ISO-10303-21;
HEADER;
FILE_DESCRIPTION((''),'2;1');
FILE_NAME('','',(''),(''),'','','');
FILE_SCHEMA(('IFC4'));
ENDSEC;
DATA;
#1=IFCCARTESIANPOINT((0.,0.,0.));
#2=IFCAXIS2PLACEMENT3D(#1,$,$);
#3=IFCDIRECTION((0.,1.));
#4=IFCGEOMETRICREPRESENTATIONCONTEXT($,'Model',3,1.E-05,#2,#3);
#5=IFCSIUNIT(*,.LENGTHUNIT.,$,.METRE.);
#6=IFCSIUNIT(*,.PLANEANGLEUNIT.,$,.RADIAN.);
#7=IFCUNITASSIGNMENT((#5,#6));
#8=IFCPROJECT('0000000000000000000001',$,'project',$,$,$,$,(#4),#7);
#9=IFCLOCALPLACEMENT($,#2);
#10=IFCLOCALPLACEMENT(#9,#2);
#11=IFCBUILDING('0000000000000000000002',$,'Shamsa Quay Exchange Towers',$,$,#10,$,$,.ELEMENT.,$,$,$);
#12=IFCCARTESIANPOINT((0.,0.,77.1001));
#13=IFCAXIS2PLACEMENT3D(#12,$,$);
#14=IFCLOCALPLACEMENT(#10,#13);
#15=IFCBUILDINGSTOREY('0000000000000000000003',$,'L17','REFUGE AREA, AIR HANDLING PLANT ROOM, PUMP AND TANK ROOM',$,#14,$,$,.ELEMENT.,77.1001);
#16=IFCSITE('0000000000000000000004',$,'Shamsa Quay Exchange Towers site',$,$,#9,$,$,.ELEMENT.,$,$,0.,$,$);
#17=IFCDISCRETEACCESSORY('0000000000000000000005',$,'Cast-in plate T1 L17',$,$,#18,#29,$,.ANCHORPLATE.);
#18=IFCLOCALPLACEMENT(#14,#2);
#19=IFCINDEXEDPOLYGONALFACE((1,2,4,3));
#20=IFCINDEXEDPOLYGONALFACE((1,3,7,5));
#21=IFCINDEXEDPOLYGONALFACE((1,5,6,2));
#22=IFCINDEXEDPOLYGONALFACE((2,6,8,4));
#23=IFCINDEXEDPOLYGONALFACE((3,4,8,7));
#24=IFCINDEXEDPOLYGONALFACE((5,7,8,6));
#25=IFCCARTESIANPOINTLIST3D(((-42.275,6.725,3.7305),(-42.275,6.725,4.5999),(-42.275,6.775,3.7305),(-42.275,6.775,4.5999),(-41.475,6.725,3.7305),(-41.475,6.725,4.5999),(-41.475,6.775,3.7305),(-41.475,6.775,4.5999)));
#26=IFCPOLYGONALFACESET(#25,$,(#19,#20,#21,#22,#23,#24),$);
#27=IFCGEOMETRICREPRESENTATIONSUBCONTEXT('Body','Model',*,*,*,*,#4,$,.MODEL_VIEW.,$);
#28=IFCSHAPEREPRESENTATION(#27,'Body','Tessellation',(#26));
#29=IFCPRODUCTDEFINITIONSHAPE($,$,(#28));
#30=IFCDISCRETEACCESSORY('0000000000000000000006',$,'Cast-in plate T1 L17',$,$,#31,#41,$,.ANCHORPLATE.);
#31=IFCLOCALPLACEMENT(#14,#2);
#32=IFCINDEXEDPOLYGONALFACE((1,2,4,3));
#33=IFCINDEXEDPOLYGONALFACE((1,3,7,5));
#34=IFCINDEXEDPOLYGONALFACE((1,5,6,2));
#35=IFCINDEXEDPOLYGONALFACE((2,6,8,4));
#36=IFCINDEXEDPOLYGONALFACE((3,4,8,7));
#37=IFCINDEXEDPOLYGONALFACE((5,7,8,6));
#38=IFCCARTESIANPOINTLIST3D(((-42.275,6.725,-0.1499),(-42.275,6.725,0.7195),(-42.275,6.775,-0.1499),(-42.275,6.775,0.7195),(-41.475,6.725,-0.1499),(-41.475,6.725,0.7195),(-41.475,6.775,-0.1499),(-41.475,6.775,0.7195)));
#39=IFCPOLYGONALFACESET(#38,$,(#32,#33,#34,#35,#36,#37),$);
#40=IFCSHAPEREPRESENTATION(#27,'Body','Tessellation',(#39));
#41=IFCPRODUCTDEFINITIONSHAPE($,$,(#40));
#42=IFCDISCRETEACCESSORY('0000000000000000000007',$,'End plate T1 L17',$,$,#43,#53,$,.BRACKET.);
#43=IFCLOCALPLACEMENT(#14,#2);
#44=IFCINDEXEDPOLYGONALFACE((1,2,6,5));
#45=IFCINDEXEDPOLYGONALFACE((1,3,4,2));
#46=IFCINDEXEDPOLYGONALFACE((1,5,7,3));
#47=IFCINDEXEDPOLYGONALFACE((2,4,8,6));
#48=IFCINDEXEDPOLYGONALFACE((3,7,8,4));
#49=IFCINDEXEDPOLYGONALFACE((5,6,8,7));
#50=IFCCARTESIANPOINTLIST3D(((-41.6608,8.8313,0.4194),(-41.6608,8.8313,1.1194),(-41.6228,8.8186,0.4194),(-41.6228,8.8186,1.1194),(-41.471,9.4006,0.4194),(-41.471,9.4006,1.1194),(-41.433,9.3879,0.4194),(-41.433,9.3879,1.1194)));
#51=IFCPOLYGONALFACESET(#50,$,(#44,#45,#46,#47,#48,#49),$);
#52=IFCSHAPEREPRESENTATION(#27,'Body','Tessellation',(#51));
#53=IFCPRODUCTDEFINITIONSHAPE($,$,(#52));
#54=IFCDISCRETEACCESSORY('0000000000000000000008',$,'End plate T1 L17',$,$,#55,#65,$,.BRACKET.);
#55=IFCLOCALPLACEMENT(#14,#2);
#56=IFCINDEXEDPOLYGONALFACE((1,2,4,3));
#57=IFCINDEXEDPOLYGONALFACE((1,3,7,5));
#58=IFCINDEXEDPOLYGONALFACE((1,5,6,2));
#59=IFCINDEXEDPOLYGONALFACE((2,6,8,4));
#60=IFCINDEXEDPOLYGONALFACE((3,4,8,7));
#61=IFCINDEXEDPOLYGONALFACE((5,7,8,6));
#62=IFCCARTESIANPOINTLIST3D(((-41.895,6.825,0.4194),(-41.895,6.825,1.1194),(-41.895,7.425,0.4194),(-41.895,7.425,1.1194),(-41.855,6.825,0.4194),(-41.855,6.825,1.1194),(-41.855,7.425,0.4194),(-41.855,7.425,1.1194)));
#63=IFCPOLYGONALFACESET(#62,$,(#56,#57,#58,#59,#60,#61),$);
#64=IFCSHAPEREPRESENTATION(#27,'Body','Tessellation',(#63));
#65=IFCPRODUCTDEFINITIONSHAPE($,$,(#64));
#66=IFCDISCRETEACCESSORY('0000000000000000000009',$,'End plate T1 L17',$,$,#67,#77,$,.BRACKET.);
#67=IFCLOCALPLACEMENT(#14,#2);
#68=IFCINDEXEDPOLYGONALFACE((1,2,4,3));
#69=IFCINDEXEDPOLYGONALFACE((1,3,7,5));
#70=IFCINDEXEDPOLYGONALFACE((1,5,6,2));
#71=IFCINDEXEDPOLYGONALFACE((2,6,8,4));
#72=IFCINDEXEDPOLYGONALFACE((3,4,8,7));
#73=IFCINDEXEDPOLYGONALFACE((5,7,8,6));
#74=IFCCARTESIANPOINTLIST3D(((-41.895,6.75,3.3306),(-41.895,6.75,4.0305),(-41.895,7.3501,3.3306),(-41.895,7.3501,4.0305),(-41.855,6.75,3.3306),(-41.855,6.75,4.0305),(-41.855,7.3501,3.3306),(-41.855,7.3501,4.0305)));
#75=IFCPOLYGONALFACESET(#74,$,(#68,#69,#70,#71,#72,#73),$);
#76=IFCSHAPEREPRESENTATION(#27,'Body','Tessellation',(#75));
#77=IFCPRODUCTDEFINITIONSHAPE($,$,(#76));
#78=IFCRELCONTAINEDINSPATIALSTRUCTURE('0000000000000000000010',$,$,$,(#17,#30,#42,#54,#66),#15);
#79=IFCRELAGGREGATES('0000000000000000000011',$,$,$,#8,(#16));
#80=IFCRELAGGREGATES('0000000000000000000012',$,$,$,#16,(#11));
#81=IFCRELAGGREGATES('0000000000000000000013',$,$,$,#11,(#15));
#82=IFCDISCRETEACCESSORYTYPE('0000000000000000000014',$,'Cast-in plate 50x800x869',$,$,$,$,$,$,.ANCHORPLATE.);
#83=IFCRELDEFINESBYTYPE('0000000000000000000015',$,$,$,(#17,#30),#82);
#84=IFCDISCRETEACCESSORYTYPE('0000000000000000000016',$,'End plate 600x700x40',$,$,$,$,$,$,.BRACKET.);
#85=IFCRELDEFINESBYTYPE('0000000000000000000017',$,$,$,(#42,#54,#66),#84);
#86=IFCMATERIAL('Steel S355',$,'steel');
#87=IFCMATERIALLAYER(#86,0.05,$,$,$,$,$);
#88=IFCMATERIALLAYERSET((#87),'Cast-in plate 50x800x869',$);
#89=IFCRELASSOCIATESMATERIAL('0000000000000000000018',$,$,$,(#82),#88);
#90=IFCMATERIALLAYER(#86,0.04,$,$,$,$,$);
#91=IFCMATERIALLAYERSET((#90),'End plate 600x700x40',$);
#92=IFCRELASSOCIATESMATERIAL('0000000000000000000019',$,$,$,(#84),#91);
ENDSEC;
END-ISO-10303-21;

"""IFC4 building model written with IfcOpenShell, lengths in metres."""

from ifc_helpers import new_model, si_unit, direction, frame, origin, origin_2d, place, context, subcontext, project, spatial, rectangle, extrude, material, layer, layer_set, type_object, element, save


model = new_model("IFC4")

# Units and contexts
model_context = context("Model", 3, precision=1e-05, world=origin(), true_north=direction((0.0, 1.0)))
body_context = subcontext(model_context, "Body", "Model", "MODEL_VIEW")
ifc_project = project(units=[si_unit("LENGTHUNIT", "METRE"), si_unit("PLANEANGLEUNIT", "RADIAN")], contexts=[model_context])

# Site, building, storey
site_placement = place(None, origin())
site = spatial("IfcSite", under=ifc_project, at=site_placement, Name="Shamsa Quay Exchange Towers site", CompositionType="ELEMENT", RefElevation=0.0)
building_placement = place(site_placement, origin())
building = spatial("IfcBuilding", under=site, at=building_placement, Name="Shamsa Quay Exchange Towers", CompositionType="ELEMENT")
storey_placement = place(building_placement, frame((0.0, 0.0, 77.1001)))
storey = spatial("IfcBuildingStorey", under=building, at=storey_placement, Name="L17", Description="REFUGE AREA, AIR HANDLING PLANT ROOM, PUMP AND TANK ROOM", CompositionType="ELEMENT", Elevation=77.1001)

# Shared definitions
ifc_material_1 = material(Name="Steel S355", Category="steel")

# Discrete accessories
ifc_layer_1 = layer(ifc_material_1, 0.05)
ifc_layer_set_1 = layer_set([ifc_layer_1], Name="Cast-in plate 50x800x869")
discrete_accessory_type_1 = type_object("IfcDiscreteAccessoryType", Name="Cast-in plate 50x800x869", PredefinedType="ANCHORPLATE", material=ifc_layer_set_1)
for number, where, z_axis, x_axis, name in (
    (1, (-41.875, 6.75, 3.7305), (0.0, 0.0, 1.0), (0.0, -1.0, 0.0), "Cast-in plate T1 L17"),
    (2, (-41.875, 6.75, -0.1499), (0.0, 0.0, 1.0), (0.0, -1.0, 0.0), "Cast-in plate T1 L17"),
):
    element("IfcDiscreteAccessory", number, at=place(storey_placement, frame(where, z_axis=z_axis, x_axis=x_axis)), inside=storey, type_object=discrete_accessory_type_1, Name=name, PredefinedType="ANCHORPLATE", context=body_context, shape_type="SweptSolid", body=[
        extrude(rectangle(XDim=0.05, YDim=0.8, at=origin_2d()), origin(), (0.0, 0.0, 1.0), 0.8694),
    ])
ifc_layer_2 = layer(ifc_material_1, 0.04)
ifc_layer_set_2 = layer_set([ifc_layer_2], Name="End plate 600x700x40")
discrete_accessory_type_2 = type_object("IfcDiscreteAccessoryType", Name="End plate 600x700x40", PredefinedType="BRACKET", material=ifc_layer_set_2)
for number, where, z_axis, x_axis, name in (
    (3, (-41.5469, 9.1096, 0.4194), (0.0, 0.0, 1.0), (-0.316228, -0.948683, 0.0), "End plate T1 L17"),
    (4, (-41.875, 7.125, 0.4194), (0.0, 0.0, 1.0), (0.0, -1.0, 0.0), "End plate T1 L17"),
    (5, (-41.875, 7.05, 3.3306), (0.0, 0.0, 1.0), (0.0, -1.0, 0.0), "End plate T1 L17"),
):
    element("IfcDiscreteAccessory", number, at=place(storey_placement, frame(where, z_axis=z_axis, x_axis=x_axis)), inside=storey, type_object=discrete_accessory_type_2, Name=name, PredefinedType="BRACKET", context=body_context, shape_type="SweptSolid", body=[
        extrude(rectangle(XDim=0.6001, YDim=0.04, at=origin_2d()), origin(), (0.0, 0.0, 1.0), 0.7),
    ])

save(model, "model.ifc")
